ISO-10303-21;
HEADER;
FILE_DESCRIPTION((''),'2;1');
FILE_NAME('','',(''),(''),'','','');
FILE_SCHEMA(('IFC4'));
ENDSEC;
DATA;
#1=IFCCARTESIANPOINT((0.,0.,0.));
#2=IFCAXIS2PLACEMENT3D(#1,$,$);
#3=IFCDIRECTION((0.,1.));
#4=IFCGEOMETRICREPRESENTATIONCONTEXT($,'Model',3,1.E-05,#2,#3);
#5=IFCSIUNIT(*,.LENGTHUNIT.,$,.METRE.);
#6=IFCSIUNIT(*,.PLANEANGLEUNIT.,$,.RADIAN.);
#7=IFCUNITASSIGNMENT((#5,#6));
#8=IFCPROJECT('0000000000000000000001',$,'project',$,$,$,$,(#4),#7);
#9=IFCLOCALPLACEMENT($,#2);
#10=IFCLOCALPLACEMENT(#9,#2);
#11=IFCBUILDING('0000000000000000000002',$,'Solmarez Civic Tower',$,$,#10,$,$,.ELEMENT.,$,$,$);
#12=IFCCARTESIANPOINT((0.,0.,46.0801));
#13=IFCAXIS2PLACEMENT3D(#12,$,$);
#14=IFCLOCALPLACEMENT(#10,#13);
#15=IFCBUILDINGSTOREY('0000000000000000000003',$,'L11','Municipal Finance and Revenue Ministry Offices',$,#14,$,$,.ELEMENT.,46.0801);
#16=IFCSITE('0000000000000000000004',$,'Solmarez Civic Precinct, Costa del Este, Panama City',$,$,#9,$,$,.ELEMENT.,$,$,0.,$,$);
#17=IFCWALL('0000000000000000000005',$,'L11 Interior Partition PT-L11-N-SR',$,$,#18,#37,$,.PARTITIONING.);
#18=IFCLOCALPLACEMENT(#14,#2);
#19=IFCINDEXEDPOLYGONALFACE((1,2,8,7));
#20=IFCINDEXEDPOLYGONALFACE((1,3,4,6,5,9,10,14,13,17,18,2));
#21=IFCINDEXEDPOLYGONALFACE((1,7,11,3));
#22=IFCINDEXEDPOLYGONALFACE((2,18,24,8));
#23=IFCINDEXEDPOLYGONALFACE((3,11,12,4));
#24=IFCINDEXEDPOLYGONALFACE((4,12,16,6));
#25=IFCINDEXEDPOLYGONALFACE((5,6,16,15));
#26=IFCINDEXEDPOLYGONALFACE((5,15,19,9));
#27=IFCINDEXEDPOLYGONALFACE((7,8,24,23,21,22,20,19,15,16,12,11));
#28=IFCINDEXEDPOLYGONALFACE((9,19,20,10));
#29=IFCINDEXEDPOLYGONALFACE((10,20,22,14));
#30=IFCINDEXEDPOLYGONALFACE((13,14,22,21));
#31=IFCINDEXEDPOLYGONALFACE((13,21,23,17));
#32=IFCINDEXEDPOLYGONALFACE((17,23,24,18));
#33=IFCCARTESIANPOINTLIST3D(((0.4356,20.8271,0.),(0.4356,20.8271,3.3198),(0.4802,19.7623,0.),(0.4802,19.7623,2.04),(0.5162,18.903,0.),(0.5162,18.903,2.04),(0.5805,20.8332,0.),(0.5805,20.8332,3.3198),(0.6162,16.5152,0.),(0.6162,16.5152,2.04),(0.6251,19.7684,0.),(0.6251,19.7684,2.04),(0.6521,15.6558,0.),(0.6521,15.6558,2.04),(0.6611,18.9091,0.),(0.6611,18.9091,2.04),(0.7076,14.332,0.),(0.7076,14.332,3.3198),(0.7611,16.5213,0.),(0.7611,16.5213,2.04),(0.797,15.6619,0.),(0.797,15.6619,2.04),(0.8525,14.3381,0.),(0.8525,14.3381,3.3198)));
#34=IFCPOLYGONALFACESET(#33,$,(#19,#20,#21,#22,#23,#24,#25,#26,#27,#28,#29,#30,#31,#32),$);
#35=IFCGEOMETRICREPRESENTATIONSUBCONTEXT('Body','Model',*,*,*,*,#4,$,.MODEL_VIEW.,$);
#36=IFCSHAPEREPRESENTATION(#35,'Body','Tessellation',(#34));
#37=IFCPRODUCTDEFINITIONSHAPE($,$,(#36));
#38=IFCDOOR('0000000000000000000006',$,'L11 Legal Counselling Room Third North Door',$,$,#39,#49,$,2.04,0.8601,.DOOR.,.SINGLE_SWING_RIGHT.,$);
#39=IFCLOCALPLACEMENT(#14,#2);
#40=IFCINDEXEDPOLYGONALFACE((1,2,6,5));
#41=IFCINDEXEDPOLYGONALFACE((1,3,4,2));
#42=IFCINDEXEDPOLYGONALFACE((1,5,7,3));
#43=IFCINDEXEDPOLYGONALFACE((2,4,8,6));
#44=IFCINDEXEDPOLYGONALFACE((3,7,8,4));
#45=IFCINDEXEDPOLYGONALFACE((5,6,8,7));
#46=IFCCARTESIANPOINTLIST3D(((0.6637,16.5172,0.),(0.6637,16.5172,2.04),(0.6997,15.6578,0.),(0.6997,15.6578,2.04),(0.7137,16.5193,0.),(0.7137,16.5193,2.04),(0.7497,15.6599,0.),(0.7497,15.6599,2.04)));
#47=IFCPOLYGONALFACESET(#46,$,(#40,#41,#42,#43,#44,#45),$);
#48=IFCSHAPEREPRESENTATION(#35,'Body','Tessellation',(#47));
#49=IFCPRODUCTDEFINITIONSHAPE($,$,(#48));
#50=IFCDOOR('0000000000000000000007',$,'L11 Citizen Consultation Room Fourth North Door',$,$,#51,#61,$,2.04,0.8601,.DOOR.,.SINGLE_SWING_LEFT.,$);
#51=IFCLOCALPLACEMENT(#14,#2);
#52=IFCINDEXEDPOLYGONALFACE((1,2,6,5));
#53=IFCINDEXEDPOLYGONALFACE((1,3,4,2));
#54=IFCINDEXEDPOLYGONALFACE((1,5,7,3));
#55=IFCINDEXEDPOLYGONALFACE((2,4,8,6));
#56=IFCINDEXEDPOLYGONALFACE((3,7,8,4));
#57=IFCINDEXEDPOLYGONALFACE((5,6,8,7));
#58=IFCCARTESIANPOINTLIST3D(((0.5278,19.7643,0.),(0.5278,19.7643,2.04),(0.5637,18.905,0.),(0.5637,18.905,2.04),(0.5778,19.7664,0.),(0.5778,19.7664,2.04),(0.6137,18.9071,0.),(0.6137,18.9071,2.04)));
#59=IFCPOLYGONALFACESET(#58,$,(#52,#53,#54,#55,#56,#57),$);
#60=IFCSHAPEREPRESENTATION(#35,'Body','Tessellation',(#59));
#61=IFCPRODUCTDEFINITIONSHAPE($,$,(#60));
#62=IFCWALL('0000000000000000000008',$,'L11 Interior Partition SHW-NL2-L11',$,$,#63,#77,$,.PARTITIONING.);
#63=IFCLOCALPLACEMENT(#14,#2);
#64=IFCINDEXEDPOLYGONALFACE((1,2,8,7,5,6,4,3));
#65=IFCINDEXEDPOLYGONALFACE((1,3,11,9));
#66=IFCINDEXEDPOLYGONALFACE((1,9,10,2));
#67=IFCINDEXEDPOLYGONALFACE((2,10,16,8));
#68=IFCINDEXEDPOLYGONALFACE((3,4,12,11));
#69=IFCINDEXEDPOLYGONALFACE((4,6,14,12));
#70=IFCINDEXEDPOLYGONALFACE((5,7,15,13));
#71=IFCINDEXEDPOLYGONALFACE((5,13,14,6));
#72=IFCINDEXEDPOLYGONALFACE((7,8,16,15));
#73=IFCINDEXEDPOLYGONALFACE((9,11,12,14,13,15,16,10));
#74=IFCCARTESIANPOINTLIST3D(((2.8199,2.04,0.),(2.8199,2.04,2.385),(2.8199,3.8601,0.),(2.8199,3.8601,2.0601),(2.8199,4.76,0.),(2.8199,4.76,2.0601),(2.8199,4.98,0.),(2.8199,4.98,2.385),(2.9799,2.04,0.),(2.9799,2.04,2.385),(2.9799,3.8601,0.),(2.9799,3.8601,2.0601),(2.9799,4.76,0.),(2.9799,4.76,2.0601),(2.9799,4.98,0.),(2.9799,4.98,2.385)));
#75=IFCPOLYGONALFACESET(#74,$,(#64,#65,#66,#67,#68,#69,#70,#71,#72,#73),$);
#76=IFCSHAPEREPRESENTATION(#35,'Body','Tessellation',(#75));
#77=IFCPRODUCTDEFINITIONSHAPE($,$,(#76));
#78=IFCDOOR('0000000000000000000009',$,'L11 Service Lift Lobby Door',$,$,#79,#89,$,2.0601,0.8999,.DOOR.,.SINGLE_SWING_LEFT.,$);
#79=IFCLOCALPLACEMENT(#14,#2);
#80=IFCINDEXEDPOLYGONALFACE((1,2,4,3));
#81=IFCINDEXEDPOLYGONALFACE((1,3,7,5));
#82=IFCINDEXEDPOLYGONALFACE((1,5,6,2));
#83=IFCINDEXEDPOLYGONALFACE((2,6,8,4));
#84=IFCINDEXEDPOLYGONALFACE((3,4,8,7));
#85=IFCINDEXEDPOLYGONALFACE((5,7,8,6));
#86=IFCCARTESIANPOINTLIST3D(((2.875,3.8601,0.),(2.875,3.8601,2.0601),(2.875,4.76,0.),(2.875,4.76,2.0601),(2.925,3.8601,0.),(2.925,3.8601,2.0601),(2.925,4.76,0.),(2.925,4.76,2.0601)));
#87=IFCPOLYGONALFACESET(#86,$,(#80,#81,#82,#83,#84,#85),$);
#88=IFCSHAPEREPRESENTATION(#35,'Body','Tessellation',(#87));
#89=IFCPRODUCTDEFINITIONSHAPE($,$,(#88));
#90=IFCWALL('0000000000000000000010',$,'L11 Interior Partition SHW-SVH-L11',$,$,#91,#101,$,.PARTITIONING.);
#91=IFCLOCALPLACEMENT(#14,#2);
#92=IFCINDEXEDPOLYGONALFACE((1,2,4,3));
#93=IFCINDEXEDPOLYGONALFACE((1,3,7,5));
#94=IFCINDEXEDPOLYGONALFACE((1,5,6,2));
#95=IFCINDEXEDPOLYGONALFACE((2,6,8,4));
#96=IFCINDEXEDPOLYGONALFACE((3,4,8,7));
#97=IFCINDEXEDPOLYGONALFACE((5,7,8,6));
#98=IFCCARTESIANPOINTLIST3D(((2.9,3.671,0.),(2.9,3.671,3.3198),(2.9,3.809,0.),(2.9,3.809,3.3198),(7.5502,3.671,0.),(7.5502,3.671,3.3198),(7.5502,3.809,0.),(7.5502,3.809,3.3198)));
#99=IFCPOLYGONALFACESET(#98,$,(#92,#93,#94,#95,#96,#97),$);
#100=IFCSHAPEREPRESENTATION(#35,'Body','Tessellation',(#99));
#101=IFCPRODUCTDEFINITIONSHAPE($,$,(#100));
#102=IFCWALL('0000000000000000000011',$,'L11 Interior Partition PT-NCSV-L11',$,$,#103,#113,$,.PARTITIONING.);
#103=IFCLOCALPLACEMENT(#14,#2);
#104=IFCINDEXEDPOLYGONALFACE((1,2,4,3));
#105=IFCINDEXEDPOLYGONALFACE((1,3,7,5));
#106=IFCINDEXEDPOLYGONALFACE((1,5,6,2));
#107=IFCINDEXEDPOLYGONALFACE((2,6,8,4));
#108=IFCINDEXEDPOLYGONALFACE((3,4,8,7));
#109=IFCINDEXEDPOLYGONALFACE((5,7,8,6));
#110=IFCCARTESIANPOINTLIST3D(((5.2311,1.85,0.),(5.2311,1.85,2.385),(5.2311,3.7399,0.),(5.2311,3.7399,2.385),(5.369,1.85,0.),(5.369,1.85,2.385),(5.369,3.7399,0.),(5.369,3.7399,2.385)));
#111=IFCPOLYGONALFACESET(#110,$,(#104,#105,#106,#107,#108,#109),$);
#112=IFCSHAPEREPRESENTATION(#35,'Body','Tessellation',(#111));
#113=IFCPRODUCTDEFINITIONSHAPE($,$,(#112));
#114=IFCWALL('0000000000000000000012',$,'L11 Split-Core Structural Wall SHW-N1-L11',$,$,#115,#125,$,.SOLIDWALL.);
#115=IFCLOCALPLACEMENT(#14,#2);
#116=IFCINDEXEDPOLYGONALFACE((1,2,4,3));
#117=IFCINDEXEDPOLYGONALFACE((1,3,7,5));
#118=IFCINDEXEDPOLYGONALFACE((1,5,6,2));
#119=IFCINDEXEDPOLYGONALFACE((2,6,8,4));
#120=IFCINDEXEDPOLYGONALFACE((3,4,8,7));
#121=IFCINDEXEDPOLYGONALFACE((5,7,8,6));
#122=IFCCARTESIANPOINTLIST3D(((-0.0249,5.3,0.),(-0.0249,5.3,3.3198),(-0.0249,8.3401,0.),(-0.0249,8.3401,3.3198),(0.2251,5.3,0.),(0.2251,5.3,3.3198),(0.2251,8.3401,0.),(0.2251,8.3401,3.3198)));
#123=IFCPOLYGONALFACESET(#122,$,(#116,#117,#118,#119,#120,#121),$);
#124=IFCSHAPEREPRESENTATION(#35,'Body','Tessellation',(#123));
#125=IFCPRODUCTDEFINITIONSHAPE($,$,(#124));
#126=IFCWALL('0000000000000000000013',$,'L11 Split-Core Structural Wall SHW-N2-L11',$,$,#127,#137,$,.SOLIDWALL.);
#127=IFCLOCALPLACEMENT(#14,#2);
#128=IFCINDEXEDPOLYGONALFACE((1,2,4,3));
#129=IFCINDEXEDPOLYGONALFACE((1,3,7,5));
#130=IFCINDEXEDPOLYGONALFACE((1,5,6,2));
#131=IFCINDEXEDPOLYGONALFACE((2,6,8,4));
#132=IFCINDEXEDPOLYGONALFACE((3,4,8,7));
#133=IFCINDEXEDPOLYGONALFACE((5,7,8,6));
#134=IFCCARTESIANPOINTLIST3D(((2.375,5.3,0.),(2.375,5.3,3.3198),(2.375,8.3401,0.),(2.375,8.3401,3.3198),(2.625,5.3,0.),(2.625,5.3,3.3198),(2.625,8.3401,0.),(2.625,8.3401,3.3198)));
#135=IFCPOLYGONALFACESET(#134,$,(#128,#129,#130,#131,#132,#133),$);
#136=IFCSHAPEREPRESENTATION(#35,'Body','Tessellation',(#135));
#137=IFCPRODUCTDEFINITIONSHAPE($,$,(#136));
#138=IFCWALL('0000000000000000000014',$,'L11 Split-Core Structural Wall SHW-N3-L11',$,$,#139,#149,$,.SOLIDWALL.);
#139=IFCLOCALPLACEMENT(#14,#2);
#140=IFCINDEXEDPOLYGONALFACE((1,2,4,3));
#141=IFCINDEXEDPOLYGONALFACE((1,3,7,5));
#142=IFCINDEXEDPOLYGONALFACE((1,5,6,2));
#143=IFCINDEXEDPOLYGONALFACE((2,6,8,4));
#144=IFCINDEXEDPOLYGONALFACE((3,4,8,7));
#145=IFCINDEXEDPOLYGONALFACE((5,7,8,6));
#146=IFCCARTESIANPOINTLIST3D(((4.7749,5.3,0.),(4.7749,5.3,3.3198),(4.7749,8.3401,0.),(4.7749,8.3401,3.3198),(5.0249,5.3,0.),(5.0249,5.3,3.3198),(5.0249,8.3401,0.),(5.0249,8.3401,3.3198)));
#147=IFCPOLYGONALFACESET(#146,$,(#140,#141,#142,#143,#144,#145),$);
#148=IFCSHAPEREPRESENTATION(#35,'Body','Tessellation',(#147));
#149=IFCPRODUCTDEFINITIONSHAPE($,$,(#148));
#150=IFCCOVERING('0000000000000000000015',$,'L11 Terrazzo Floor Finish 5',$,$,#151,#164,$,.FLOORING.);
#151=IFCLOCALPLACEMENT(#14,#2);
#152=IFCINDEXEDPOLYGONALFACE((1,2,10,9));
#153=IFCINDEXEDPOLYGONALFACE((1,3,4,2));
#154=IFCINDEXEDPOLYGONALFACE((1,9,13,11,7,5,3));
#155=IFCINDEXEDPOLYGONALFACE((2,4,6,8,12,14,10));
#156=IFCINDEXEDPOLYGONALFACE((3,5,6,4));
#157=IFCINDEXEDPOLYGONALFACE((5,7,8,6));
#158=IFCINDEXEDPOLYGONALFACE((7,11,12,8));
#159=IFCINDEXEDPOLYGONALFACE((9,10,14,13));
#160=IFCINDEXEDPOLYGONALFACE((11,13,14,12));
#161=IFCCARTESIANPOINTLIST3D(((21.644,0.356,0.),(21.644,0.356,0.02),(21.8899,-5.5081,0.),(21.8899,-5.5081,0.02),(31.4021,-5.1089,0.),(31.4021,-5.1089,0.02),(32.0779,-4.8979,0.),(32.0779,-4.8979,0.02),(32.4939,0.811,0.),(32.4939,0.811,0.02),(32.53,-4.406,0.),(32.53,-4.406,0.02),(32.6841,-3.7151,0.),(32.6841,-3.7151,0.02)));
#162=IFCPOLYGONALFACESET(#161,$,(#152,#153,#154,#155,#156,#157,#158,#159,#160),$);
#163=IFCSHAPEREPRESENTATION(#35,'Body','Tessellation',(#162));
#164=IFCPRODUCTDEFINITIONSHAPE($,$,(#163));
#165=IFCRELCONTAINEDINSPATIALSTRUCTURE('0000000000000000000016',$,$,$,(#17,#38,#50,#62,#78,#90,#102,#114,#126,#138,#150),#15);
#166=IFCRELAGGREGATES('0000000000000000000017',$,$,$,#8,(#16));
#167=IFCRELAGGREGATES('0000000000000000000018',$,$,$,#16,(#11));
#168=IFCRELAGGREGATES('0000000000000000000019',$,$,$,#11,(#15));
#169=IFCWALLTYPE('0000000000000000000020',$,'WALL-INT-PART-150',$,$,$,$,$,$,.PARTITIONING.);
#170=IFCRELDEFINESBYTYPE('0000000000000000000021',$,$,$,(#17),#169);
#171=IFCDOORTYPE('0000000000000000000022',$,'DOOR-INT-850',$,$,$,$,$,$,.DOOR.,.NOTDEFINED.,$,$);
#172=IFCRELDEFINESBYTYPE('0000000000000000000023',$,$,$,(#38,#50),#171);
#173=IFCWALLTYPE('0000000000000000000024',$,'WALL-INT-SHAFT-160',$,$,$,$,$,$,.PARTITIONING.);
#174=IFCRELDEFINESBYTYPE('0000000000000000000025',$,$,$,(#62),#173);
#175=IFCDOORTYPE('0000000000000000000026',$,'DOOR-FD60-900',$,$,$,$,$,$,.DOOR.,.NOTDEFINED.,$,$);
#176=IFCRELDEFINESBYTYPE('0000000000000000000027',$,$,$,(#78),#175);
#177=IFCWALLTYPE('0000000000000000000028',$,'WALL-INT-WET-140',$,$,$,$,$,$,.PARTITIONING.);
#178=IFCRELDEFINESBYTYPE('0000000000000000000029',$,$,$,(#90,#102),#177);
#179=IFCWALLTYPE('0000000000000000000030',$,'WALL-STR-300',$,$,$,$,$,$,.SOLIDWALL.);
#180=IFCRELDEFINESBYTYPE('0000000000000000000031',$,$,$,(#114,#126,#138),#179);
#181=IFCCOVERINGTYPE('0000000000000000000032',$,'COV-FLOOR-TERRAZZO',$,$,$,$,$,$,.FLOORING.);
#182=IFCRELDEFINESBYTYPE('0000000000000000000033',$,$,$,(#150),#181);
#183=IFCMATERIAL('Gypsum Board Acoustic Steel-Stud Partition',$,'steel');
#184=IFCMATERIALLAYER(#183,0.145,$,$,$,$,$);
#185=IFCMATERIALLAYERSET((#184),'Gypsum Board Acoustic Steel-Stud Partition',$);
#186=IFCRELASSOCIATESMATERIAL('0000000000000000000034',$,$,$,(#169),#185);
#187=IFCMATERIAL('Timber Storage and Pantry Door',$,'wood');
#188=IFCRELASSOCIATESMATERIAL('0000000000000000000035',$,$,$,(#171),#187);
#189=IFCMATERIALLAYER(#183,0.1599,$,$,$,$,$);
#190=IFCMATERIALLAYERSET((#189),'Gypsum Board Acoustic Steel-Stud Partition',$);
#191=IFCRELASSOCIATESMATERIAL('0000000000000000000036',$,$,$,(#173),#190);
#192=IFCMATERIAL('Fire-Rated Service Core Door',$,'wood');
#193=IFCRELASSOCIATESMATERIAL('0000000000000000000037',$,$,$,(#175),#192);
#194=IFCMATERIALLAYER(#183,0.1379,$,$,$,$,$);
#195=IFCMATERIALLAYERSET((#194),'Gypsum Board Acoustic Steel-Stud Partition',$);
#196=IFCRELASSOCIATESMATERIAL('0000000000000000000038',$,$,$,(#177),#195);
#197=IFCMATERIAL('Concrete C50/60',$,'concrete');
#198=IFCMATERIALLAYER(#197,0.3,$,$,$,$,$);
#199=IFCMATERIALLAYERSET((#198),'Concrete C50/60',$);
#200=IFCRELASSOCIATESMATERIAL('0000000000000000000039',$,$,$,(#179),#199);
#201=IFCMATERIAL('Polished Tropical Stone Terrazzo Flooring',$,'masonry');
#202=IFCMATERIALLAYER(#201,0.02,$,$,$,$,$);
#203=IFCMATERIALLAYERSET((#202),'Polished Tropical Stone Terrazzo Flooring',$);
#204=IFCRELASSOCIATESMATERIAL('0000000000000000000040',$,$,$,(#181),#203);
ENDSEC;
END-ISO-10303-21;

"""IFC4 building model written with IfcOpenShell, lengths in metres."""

from ifc_helpers import new_model, si_unit, direction, frame, frame_2d, origin, place, context, subcontext, project, spatial, polyline, rectangle, outline, extrude, material, layer, layer_set, type_object, element, fill, save


model = new_model("IFC4")

# Units and contexts
model_context = context("Model", 3, precision=1e-05, world=origin(), true_north=direction((0.0, 1.0)))
body_context = subcontext(model_context, "Body", "Model", "MODEL_VIEW")
ifc_project = project(units=[si_unit("LENGTHUNIT", "METRE"), si_unit("PLANEANGLEUNIT", "RADIAN")], contexts=[model_context])

# Site, building, storey
site_placement = place(None, origin())
site = spatial("IfcSite", under=ifc_project, at=site_placement, Name="Solmarez Civic Precinct, Costa del Este, Panama City", CompositionType="ELEMENT", RefElevation=0.0)
building_placement = place(site_placement, origin())
building = spatial("IfcBuilding", under=site, at=building_placement, Name="Solmarez Civic Tower", CompositionType="ELEMENT")
storey_placement = place(building_placement, frame((0.0, 0.0, 46.0801)))
storey = spatial("IfcBuildingStorey", under=building, at=storey_placement, Name="L11", Description="Municipal Finance and Revenue Ministry Offices", CompositionType="ELEMENT", Elevation=46.0801)

# Shared definitions
ifc_material_1 = material(Name="Gypsum Board Acoustic Steel-Stud Partition", Category="steel")
ifc_layer_1 = layer(ifc_material_1, 0.145)
ifc_layer_set_1 = layer_set([ifc_layer_1], Name="Gypsum Board Acoustic Steel-Stud Partition")
wall_type_1 = type_object("IfcWallType", Name="WALL-INT-PART-150", PredefinedType="PARTITIONING", material=ifc_layer_set_1)

# Wall, openings, doors
wall_1_placement = place(storey_placement, frame((0.78, 14.335, 0.0), z_axis=(0.0, 0.0, 1.0), x_axis=(-0.041837, 0.999124, 0.0)))
wall_1 = element("IfcWall", 1, at=wall_1_placement, inside=storey, type_object=wall_type_1, Name="L11 Interior Partition PT-L11-N-SR", PredefinedType="PARTITIONING", context=body_context, shape_type="SweptSolid", body=[
    extrude(rectangle(XDim=6.5007, YDim=0.145, at=frame_2d((3.2505, 0.0))), origin(), (0.0, 0.0, 1.0), 3.3198),
])
opening_1_placement = place(wall_1_placement, frame((1.325, 0.0, 0.0)))
opening_1 = element("IfcOpeningElement", 2, at=opening_1_placement, cuts=wall_1, PredefinedType="OPENING", context=body_context, shape_type="SweptSolid", body=[
    extrude(rectangle(XDim=0.8601, YDim=2.04, at=frame_2d((0.4302, 1.02))), frame((0.0, 0.0825, 0.0), z_axis=(0.0, -1.0, 0.0), x_axis=(1.0, 0.0, 0.0)), (0.0, 0.0, 1.0), 0.165),
])
opening_2_placement = place(wall_1_placement, frame((4.575, 0.0, 0.0)))
opening_2 = element("IfcOpeningElement", 3, at=opening_2_placement, cuts=wall_1, PredefinedType="OPENING", context=body_context, shape_type="SweptSolid", body=[
    extrude(rectangle(XDim=0.8601, YDim=2.04, at=frame_2d((0.4302, 1.02))), frame((0.0, 0.0825, 0.0), z_axis=(0.0, -1.0, 0.0), x_axis=(1.0, 0.0, 0.0)), (0.0, 0.0, 1.0), 0.165),
])
ifc_material_2 = material(Name="Timber Storage and Pantry Door", Category="wood")
door_type_1 = type_object("IfcDoorType", Name="DOOR-INT-850", OperationType="NOTDEFINED", PredefinedType="DOOR", material=ifc_material_2)
door_1_placement = place(opening_1_placement, origin())
door_1 = element("IfcDoor", 4, at=door_1_placement, inside=storey, type_object=door_type_1, Name="L11 Legal Counselling Room Third North Door", OperationType="SINGLE_SWING_RIGHT", OverallHeight=2.04, OverallWidth=0.8601, PredefinedType="DOOR", context=body_context, shape_type="SweptSolid", body=[
    extrude(rectangle(XDim=0.8601, YDim=2.04, at=frame_2d((0.4302, 1.02))), frame((0.0, 0.0249, 0.0), z_axis=(0.0, -1.0, 0.0), x_axis=(1.0, 0.0, 0.0)), (0.0, 0.0, 1.0), 0.05),
])
fill(opening_1, door_1)
door_2_placement = place(opening_2_placement, origin())
door_2 = element("IfcDoor", 5, at=door_2_placement, inside=storey, type_object=door_type_1, Name="L11 Citizen Consultation Room Fourth North Door", OperationType="SINGLE_SWING_LEFT", OverallHeight=2.04, OverallWidth=0.8601, PredefinedType="DOOR", context=body_context, shape_type="SweptSolid", body=[
    extrude(rectangle(XDim=0.8601, YDim=2.04, at=frame_2d((0.4302, 1.02))), frame((0.0, 0.0249, 0.0), z_axis=(0.0, -1.0, 0.0), x_axis=(1.0, 0.0, 0.0)), (0.0, 0.0, 1.0), 0.05),
])
fill(opening_2, door_2)

# Wall, opening, door
ifc_layer_2 = layer(ifc_material_1, 0.1599)
ifc_layer_set_2 = layer_set([ifc_layer_2], Name="Gypsum Board Acoustic Steel-Stud Partition")
wall_type_2 = type_object("IfcWallType", Name="WALL-INT-SHAFT-160", PredefinedType="PARTITIONING", material=ifc_layer_set_2)
wall_2_placement = place(storey_placement, frame((2.8999, 2.04, 0.0), z_axis=(0.0, 0.0, 1.0), x_axis=(0.0, 1.0, 0.0)))
wall_2 = element("IfcWall", 6, at=wall_2_placement, inside=storey, type_object=wall_type_2, Name="L11 Interior Partition SHW-NL2-L11", PredefinedType="PARTITIONING", context=body_context, shape_type="SweptSolid", body=[
    extrude(rectangle(XDim=2.9399, YDim=0.1599, at=frame_2d((1.47, 0.0))), origin(), (0.0, 0.0, 1.0), 2.385),
])
opening_3_placement = place(wall_2_placement, frame((1.8201, 0.0, 0.0)))
opening_3 = element("IfcOpeningElement", 7, at=opening_3_placement, cuts=wall_2, PredefinedType="OPENING", context=body_context, shape_type="SweptSolid", body=[
    extrude(rectangle(XDim=0.8999, YDim=2.0601, at=frame_2d((0.45, 1.03))), frame((0.0, 0.0898, 0.0), z_axis=(0.0, -1.0, 0.0), x_axis=(1.0, 0.0, 0.0)), (0.0, 0.0, 1.0), 0.1799),
])
ifc_material_3 = material(Name="Fire-Rated Service Core Door", Category="wood")
door_type_2 = type_object("IfcDoorType", Name="DOOR-FD60-900", OperationType="NOTDEFINED", PredefinedType="DOOR", material=ifc_material_3)
door_3_placement = place(opening_3_placement, origin())
door_3 = element("IfcDoor", 8, at=door_3_placement, inside=storey, type_object=door_type_2, Name="L11 Service Lift Lobby Door", OperationType="SINGLE_SWING_LEFT", OverallHeight=2.0601, OverallWidth=0.8999, PredefinedType="DOOR", context=body_context, shape_type="SweptSolid", body=[
    extrude(rectangle(XDim=0.8999, YDim=2.0601, at=frame_2d((0.45, 1.03))), frame((0.0, 0.0249, 0.0), z_axis=(0.0, -1.0, 0.0), x_axis=(1.0, 0.0, 0.0)), (0.0, 0.0, 1.0), 0.05),
])
fill(opening_3, door_3)

# Walls
ifc_layer_3 = layer(ifc_material_1, 0.1379)
ifc_layer_set_3 = layer_set([ifc_layer_3], Name="Gypsum Board Acoustic Steel-Stud Partition")
wall_type_3 = type_object("IfcWallType", Name="WALL-INT-WET-140", PredefinedType="PARTITIONING", material=ifc_layer_set_3)
wall_3_placement = place(storey_placement, frame((2.8999, 3.74, 0.0), z_axis=(0.0, 0.0, 1.0), x_axis=(1.0, 0.0, 0.0)))
element("IfcWall", 9, at=wall_3_placement, inside=storey, type_object=wall_type_3, Name="L11 Interior Partition SHW-SVH-L11", PredefinedType="PARTITIONING", context=body_context, shape_type="SweptSolid", body=[
    extrude(rectangle(XDim=4.6501, YDim=0.1379, at=frame_2d((2.3252, 0.0))), origin(), (0.0, 0.0, 1.0), 3.3198),
])
wall_4_placement = place(storey_placement, frame((5.3, 1.8501, 0.0), z_axis=(0.0, 0.0, 1.0), x_axis=(0.0, 1.0, 0.0)))
element("IfcWall", 10, at=wall_4_placement, inside=storey, type_object=wall_type_3, Name="L11 Interior Partition PT-NCSV-L11", PredefinedType="PARTITIONING", context=body_context, shape_type="SweptSolid", body=[
    extrude(rectangle(XDim=1.8899, YDim=0.1379, at=frame_2d((0.9448, 0.0))), origin(), (0.0, 0.0, 1.0), 2.385),
])

# Shared definitions
ifc_material_4 = material(Name="Concrete C50/60", Category="concrete")
ifc_layer_4 = layer(ifc_material_4, 0.3)
ifc_layer_set_4 = layer_set([ifc_layer_4], Name="Concrete C50/60")
wall_type_4 = type_object("IfcWallType", Name="WALL-STR-300", PredefinedType="SOLIDWALL", material=ifc_layer_set_4)

# Walls
for number, where, z_axis, x_axis, name in (
    (11, (0.1001, 5.3, 0.0), (0.0, 0.0, 1.0), (0.0, 1.0, 0.0), "L11 Split-Core Structural Wall SHW-N1-L11"),
    (12, (2.5, 5.3, 0.0), (0.0, 0.0, 1.0), (0.0, 1.0, 0.0), "L11 Split-Core Structural Wall SHW-N2-L11"),
    (13, (4.8999, 5.3, 0.0), (0.0, 0.0, 1.0), (0.0, 1.0, 0.0), "L11 Split-Core Structural Wall SHW-N3-L11"),
):
    element("IfcWall", number, at=place(storey_placement, frame(where, z_axis=z_axis, x_axis=x_axis)), inside=storey, type_object=wall_type_4, Name=name, PredefinedType="SOLIDWALL", context=body_context, shape_type="SweptSolid", body=[
        extrude(rectangle(XDim=3.04, YDim=0.25, at=frame_2d((1.52, 0.0))), origin(), (0.0, 0.0, 1.0), 3.3198),
    ])

# Covering
ifc_material_5 = material(Name="Polished Tropical Stone Terrazzo Flooring", Category="masonry")
ifc_layer_5 = layer(ifc_material_5, 0.02)
ifc_layer_set_5 = layer_set([ifc_layer_5], Name="Polished Tropical Stone Terrazzo Flooring")
covering_type = type_object("IfcCoveringType", Name="COV-FLOOR-TERRAZZO", PredefinedType="FLOORING", material=ifc_layer_set_5)
covering_placement = place(storey_placement, origin())
element("IfcCovering", 14, at=covering_placement, inside=storey, type_object=covering_type, Name="L11 Terrazzo Floor Finish 5", PredefinedType="FLOORING", context=body_context, shape_type="SweptSolid", body=[
    extrude(outline(polyline([(21.8899, -5.5081), (31.4021, -5.1089), (32.0779, -4.8979), (32.53, -4.406), (32.6841, -3.7151), (32.4939, 0.811), (21.644, 0.356), (21.8899, -5.5081)])), origin(), (0.0, 0.0, 1.0), 0.02),
])

save(model, "model.ifc")
